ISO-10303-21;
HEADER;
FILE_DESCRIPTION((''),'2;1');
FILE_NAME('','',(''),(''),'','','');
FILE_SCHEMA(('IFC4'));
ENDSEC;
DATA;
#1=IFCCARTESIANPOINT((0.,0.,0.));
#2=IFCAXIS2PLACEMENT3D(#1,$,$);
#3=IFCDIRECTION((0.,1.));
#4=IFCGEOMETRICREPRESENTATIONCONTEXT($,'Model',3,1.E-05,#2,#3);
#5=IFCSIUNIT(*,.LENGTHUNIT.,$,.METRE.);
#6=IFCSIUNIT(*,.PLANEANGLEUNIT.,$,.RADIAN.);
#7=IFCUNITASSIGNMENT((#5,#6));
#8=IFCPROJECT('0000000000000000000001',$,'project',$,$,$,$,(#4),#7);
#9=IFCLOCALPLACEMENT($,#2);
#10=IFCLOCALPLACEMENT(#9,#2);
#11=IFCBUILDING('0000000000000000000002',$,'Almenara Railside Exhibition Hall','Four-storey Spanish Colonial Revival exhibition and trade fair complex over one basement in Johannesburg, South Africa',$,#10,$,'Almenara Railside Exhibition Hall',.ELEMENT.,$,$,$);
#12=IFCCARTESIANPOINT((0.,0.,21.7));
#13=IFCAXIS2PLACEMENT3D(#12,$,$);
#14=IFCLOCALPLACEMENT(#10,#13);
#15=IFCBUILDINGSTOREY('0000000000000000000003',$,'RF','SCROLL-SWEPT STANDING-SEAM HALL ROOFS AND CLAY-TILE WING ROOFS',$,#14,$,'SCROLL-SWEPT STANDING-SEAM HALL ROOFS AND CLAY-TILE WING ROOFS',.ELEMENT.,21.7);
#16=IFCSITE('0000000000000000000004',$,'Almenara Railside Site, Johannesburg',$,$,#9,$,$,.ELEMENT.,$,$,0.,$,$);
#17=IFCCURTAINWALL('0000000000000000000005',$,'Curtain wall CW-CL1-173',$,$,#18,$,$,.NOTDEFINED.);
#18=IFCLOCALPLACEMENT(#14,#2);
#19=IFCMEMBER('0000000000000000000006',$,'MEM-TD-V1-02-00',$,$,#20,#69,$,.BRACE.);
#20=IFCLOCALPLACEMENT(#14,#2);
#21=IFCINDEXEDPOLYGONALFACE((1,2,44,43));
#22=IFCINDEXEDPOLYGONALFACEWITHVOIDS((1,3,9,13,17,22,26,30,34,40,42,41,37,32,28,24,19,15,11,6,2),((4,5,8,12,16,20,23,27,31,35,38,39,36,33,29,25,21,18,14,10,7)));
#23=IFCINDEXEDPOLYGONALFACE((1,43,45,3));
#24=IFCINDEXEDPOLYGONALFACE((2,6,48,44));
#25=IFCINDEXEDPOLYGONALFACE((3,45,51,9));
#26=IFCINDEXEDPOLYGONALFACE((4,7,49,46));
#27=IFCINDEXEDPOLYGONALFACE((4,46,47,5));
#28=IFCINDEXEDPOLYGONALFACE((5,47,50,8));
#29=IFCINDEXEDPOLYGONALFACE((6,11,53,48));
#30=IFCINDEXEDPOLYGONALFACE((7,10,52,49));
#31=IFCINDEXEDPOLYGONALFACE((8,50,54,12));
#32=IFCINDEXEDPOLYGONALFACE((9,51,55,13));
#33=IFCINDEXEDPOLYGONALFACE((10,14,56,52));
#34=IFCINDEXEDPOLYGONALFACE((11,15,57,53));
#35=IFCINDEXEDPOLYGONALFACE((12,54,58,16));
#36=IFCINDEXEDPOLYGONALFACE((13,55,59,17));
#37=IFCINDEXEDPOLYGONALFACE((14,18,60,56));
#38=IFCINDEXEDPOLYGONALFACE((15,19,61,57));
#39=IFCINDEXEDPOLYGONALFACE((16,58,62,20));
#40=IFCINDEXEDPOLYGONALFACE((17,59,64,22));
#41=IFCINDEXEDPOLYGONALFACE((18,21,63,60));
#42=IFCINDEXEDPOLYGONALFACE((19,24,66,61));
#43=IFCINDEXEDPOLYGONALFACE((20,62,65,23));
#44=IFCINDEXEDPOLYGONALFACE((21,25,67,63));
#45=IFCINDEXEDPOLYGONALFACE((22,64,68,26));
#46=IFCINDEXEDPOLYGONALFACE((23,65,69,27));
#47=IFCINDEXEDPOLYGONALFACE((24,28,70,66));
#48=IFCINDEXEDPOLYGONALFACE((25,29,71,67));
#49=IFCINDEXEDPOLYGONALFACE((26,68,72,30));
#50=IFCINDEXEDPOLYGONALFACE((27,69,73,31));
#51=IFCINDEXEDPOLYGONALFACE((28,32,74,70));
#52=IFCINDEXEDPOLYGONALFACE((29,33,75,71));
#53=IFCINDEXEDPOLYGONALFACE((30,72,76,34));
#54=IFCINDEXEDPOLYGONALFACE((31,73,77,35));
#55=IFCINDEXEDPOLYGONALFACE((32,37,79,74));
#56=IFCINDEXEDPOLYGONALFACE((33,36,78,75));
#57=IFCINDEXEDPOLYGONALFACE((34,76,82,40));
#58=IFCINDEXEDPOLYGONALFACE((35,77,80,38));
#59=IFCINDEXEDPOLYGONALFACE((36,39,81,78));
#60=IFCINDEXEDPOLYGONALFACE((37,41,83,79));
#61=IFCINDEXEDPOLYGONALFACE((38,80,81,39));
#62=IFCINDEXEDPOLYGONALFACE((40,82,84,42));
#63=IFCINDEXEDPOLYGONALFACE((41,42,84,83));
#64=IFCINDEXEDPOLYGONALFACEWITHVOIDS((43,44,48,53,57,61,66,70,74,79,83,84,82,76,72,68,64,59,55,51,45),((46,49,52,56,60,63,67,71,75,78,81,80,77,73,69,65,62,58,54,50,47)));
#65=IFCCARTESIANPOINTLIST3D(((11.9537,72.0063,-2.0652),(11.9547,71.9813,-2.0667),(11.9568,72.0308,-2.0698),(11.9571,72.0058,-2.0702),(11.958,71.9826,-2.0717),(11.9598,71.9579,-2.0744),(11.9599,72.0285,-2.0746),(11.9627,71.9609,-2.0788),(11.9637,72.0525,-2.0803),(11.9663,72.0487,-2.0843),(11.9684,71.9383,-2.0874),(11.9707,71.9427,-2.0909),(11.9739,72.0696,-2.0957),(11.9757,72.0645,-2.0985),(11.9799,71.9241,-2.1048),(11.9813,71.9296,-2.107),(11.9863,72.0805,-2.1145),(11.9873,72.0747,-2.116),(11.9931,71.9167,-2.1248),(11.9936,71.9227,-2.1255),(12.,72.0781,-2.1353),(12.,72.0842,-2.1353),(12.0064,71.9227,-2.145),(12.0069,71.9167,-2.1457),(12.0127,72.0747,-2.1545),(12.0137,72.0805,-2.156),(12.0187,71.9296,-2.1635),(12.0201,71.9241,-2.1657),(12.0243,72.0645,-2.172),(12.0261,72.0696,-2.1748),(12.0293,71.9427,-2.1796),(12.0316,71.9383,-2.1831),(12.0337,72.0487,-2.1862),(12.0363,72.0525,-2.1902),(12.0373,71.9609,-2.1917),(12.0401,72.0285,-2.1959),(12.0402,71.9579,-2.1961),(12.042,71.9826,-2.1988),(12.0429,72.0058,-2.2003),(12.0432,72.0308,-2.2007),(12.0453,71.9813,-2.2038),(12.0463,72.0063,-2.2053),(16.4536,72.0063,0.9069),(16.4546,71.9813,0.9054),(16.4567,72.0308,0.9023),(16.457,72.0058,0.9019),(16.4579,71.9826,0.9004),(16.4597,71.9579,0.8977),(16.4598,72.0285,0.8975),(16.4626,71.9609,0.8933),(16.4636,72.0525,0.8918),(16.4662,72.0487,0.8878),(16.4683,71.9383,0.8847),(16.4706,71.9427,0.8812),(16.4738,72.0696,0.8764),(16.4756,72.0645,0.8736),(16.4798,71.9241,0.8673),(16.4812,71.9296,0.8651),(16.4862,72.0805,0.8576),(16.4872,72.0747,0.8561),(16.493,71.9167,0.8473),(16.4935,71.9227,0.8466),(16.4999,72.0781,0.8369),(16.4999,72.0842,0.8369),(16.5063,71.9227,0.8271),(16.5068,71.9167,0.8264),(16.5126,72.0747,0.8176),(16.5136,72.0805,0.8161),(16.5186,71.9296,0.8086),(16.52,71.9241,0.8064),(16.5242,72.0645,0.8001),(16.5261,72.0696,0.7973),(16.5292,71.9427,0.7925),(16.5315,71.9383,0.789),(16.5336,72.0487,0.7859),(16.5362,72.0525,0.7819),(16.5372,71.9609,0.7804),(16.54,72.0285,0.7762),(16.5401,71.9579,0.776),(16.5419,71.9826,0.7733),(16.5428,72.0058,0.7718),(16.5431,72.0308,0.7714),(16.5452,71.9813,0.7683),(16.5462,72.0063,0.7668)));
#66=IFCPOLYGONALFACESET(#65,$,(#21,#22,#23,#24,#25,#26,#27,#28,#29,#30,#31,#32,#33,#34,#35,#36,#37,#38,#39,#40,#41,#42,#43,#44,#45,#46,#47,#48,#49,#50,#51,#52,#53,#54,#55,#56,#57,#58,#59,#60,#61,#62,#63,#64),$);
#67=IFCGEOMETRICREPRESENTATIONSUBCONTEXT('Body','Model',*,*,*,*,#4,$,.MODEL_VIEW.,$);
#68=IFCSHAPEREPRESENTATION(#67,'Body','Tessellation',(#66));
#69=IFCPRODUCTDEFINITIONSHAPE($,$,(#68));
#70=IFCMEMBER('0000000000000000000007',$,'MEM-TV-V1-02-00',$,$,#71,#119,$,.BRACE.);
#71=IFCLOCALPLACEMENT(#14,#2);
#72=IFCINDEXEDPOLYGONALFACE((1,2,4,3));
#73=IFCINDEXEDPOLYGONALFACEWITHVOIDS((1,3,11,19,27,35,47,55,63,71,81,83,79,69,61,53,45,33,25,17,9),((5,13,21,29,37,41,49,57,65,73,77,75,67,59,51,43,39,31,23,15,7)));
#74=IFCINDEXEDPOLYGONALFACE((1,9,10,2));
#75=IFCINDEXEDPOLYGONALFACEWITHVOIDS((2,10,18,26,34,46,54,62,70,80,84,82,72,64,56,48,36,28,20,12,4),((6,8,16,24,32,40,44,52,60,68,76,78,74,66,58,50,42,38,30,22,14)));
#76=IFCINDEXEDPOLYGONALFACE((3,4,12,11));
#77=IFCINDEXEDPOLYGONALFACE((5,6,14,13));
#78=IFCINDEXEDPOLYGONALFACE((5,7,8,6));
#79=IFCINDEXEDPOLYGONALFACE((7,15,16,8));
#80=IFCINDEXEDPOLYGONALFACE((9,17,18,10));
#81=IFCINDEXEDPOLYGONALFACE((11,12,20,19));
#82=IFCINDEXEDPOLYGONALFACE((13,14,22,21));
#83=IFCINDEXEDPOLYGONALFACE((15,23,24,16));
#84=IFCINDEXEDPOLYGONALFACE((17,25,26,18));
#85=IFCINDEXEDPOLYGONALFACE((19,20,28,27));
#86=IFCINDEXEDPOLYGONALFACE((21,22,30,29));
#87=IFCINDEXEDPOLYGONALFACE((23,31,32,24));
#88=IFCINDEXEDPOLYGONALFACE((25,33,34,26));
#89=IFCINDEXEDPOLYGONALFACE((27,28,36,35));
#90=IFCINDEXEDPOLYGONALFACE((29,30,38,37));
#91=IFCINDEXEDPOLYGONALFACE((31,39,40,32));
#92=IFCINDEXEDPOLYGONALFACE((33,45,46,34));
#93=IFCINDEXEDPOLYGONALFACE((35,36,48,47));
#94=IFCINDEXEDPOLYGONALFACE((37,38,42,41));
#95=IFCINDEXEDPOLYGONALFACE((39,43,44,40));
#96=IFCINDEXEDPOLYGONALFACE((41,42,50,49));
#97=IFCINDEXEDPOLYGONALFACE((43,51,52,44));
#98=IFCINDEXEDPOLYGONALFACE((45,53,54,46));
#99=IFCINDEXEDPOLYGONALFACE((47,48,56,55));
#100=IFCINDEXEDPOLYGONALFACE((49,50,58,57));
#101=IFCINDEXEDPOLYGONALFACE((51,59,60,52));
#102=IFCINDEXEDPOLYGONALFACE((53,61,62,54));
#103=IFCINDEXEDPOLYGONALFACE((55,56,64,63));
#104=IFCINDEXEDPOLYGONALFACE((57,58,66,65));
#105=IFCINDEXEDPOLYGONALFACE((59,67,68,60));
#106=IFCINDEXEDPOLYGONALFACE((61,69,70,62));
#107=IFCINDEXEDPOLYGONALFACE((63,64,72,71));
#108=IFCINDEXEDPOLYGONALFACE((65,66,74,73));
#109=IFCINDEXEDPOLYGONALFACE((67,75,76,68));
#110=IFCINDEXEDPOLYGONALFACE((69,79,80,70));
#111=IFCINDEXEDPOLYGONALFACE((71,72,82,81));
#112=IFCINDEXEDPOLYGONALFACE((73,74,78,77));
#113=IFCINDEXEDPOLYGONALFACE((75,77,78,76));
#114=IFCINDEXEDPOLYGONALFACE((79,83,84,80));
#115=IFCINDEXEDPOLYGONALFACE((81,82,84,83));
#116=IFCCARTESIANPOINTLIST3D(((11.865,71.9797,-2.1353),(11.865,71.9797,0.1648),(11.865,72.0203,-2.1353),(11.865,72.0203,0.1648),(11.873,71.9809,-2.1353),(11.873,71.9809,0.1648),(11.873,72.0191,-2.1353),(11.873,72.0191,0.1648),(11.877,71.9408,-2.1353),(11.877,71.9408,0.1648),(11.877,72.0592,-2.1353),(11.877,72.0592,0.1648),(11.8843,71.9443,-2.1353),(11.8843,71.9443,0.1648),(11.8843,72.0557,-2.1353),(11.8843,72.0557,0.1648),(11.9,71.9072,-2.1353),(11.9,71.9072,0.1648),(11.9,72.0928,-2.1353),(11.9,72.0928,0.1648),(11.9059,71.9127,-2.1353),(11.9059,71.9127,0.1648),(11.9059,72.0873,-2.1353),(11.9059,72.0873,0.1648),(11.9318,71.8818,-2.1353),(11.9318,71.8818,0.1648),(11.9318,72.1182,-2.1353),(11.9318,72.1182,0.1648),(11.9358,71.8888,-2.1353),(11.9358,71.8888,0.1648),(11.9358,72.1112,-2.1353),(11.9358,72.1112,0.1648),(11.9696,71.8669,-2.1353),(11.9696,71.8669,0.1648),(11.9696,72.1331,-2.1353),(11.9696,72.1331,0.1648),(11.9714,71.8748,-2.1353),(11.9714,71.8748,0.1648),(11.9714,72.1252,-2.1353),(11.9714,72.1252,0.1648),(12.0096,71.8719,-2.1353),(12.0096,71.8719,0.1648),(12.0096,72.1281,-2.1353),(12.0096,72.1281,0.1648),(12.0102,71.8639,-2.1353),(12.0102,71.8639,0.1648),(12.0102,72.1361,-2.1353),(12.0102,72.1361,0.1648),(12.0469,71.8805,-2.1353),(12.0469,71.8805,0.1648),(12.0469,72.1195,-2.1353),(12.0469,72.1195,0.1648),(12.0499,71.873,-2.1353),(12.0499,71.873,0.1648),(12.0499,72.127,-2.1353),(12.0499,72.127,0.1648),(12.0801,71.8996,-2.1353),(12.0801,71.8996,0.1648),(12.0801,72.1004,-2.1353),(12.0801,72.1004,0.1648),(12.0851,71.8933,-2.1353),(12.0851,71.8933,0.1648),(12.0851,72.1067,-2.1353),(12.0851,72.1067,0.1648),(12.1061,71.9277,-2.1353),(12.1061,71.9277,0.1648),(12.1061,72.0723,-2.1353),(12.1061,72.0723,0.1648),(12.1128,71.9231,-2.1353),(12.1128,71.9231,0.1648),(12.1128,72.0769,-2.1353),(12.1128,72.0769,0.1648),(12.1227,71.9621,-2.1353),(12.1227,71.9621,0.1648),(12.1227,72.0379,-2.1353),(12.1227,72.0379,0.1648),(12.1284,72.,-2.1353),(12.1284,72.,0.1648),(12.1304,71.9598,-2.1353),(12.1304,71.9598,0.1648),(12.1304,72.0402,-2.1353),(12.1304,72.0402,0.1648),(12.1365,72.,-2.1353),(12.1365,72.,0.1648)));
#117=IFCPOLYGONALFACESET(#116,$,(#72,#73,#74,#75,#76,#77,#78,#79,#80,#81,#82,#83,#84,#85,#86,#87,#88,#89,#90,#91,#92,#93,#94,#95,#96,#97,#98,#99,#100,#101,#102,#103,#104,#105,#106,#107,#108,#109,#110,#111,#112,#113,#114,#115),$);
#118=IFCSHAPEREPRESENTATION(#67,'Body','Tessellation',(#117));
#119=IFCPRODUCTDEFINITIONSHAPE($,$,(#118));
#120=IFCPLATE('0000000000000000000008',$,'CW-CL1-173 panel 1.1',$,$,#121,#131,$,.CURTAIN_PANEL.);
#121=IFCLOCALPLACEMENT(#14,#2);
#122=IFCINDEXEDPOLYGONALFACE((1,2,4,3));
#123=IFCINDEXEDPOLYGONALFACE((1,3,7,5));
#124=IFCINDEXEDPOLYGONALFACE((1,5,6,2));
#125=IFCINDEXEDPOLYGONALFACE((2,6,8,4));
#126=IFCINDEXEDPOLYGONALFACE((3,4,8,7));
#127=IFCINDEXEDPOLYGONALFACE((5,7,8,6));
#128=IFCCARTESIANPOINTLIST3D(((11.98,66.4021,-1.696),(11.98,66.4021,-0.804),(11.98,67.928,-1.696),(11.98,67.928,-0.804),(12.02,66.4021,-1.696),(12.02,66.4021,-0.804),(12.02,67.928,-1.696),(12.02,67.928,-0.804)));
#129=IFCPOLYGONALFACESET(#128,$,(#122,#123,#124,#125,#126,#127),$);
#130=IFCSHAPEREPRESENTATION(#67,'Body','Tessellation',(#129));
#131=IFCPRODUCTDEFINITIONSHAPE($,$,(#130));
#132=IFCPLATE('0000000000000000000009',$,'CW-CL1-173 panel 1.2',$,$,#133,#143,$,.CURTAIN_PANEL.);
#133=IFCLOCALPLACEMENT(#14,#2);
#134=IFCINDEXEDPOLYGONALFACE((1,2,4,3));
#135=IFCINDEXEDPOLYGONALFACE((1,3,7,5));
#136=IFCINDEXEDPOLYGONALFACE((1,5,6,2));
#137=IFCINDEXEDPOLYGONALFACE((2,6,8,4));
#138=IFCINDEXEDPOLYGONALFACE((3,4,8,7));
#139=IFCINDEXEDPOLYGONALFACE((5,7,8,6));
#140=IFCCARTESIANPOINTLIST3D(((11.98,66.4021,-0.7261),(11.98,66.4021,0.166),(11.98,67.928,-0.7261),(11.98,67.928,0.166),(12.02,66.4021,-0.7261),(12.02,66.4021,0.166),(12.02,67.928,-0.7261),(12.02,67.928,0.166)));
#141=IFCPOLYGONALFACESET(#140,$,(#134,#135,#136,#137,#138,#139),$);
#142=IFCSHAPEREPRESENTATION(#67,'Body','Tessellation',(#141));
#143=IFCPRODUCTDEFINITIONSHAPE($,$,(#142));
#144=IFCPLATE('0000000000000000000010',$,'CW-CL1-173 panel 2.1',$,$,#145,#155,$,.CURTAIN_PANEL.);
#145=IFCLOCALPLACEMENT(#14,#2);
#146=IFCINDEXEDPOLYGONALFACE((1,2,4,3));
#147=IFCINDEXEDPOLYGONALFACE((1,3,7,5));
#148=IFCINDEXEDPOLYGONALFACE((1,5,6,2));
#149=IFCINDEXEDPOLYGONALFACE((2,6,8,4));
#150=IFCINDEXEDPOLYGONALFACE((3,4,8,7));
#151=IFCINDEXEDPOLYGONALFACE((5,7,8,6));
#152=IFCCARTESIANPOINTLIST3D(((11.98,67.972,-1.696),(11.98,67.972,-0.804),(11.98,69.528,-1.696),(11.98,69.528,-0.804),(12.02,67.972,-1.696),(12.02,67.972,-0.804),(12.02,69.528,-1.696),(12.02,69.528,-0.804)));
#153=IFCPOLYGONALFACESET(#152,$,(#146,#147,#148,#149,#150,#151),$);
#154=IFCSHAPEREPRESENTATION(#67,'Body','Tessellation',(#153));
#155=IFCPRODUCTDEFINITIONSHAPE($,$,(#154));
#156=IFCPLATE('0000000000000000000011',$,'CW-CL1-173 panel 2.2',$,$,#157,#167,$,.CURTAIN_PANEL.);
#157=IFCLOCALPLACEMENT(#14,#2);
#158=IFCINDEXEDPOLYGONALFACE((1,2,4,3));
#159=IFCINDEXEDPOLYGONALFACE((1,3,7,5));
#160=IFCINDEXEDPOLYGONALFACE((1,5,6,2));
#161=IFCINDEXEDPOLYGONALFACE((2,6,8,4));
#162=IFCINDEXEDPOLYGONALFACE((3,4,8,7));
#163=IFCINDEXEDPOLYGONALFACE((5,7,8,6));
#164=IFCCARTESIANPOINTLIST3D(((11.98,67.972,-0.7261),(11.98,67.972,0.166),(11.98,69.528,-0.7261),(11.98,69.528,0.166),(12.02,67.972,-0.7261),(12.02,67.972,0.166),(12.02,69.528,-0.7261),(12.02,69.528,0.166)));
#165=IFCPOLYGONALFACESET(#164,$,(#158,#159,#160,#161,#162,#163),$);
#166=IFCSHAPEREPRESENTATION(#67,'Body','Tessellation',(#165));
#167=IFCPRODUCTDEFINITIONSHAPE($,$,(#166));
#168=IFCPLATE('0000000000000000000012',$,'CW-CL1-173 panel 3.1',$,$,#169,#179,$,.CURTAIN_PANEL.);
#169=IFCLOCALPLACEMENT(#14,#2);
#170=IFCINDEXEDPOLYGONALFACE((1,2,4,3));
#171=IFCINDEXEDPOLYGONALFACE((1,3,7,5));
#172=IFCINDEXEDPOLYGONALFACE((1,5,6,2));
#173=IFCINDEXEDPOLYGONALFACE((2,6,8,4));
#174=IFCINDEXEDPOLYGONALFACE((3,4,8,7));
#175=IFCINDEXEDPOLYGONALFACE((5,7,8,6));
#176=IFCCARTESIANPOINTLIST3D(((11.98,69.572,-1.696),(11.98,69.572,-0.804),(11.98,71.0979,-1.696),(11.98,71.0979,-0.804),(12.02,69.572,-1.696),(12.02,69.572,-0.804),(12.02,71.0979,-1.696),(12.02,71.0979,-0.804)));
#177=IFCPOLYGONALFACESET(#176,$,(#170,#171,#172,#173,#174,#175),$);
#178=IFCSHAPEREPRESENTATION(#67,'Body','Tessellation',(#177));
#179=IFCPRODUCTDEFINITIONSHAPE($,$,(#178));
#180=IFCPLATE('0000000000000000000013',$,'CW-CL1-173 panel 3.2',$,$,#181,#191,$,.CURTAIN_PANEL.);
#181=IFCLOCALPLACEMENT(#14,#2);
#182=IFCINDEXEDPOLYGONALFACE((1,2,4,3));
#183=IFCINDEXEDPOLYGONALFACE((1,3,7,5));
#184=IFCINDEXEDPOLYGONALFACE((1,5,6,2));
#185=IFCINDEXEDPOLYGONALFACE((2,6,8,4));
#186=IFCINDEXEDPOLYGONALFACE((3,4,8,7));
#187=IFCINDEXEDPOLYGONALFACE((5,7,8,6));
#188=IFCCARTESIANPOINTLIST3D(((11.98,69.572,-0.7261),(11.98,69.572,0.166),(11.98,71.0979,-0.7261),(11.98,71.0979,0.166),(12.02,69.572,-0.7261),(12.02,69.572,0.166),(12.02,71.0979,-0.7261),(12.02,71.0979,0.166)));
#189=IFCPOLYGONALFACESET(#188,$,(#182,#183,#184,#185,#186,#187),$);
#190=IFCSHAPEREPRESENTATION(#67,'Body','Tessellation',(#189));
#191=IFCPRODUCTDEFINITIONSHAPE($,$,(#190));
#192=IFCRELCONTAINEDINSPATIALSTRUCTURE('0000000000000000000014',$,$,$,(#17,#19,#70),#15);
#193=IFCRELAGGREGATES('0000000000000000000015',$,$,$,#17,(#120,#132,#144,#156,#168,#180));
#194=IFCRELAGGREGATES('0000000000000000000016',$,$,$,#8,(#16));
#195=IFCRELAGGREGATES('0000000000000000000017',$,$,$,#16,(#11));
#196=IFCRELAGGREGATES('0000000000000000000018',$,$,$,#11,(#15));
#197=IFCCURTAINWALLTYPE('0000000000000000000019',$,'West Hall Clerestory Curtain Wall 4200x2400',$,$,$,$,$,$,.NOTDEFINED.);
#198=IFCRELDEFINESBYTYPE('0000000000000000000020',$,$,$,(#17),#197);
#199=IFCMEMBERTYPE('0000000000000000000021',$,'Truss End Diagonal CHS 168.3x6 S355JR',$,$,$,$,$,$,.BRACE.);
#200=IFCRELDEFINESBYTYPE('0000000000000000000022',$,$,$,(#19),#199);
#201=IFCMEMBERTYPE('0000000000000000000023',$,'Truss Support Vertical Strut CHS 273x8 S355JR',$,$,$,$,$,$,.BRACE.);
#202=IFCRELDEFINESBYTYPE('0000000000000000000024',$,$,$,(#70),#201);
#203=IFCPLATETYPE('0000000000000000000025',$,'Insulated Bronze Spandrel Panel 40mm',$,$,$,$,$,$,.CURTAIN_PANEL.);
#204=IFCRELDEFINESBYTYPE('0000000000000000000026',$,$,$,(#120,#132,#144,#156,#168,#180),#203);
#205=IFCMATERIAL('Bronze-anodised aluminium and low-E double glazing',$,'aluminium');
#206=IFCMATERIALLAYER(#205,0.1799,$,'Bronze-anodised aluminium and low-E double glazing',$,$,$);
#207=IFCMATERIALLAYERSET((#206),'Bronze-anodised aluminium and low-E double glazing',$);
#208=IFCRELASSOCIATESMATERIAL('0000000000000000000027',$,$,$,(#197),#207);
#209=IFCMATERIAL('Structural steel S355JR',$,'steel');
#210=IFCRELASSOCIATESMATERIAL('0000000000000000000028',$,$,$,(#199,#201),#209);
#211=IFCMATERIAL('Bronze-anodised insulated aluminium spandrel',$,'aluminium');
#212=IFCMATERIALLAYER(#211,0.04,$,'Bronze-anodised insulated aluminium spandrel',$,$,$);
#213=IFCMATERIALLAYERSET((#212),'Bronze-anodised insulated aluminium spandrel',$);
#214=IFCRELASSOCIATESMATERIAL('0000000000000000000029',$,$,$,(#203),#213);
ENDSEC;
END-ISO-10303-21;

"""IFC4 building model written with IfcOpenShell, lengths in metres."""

from ifc_helpers import new_model, si_unit, direction, frame, origin, origin_2d, place, context, subcontext, project, spatial, rectangle, hollow_circle, extrude, material, layer, layer_set, material_profile, profile_set, type_object, element, aggregate, save


model = new_model("IFC4")

# Units and contexts
model_context = context("Model", 3, precision=1e-05, world=origin(), true_north=direction((0.0, 1.0)))
body_context = subcontext(model_context, "Body", "Model", "MODEL_VIEW")
ifc_project = project(units=[si_unit("LENGTHUNIT", "METRE"), si_unit("PLANEANGLEUNIT", "RADIAN")], contexts=[model_context])

# Site, building, storey
site_placement = place(None, origin())
site = spatial("IfcSite", under=ifc_project, at=site_placement, Name="Almenara Railside Site, Johannesburg", CompositionType="ELEMENT", RefElevation=0.0)
building_placement = place(site_placement, origin())
building = spatial("IfcBuilding", under=site, at=building_placement, Name="Almenara Railside Exhibition Hall", Description="Four-storey Spanish Colonial Revival exhibition and trade fair complex over one basement in Johannesburg, South Africa", LongName="Almenara Railside Exhibition Hall", CompositionType="ELEMENT")
storey_placement = place(building_placement, frame((0.0, 0.0, 21.7)))
storey = spatial("IfcBuildingStorey", under=building, at=storey_placement, Name="RF", Description="SCROLL-SWEPT STANDING-SEAM HALL ROOFS AND CLAY-TILE WING ROOFS", LongName="SCROLL-SWEPT STANDING-SEAM HALL ROOFS AND CLAY-TILE WING ROOFS", CompositionType="ELEMENT", Elevation=21.7)

# Shared definitions
ifc_material_1 = material(Name="Structural steel S355JR", Category="steel")

# Curtain wall
ifc_material_2 = material(Name="Bronze-anodised aluminium and low-E double glazing", Category="aluminium")
ifc_layer_1 = layer(ifc_material_2, 0.1799, Name="Bronze-anodised aluminium and low-E double glazing")
ifc_layer_set_1 = layer_set([ifc_layer_1], Name="Bronze-anodised aluminium and low-E double glazing")
curtain_wall_type = type_object("IfcCurtainWallType", Name="West Hall Clerestory Curtain Wall 4200x2400", PredefinedType="NOTDEFINED", material=ifc_layer_set_1)
curtain_wall_1_placement = place(storey_placement, origin())
curtain_wall_1 = element("IfcCurtainWall", 1, at=curtain_wall_1_placement, inside=storey, type_object=curtain_wall_type, Name="Curtain wall CW-CL1-173", PredefinedType="NOTDEFINED")

# Members
ifc_material_profile_1 = material_profile(ifc_material_1, hollow_circle(Radius=0.0842, WallThickness=0.0061, at=origin_2d()), Name="CHS 168.3x6")
ifc_profile_set_1 = profile_set([ifc_material_profile_1], Name="Structural steel S355JR")
member_type_1 = type_object("IfcMemberType", Name="Truss End Diagonal CHS 168.3x6 S355JR", PredefinedType="BRACE", material=ifc_profile_set_1)
member_1_placement = place(storey_placement, frame((12.0, 72.0, -2.1353), z_axis=(0.834425, 0.0, 0.551122), x_axis=(0.0, 1.0, 0.0)))
element("IfcMember", 2, at=member_1_placement, inside=storey, type_object=member_type_1, Name="MEM-TD-V1-02-00", PredefinedType="BRACE", context=body_context, shape_type="SweptSolid", body=[
    extrude(hollow_circle(Radius=0.0842, WallThickness=0.0061, at=origin_2d()), origin(), (0.0, 0.0, 1.0), 5.3928),
])
ifc_material_profile_2 = material_profile(ifc_material_1, hollow_circle(Radius=0.1365, WallThickness=0.0081, at=origin_2d()), Name="CHS 273x8")
ifc_profile_set_2 = profile_set([ifc_material_profile_2], Name="Structural steel S355JR")
member_type_2 = type_object("IfcMemberType", Name="Truss Support Vertical Strut CHS 273x8 S355JR", PredefinedType="BRACE", material=ifc_profile_set_2)
member_2_placement = place(storey_placement, frame((12.0, 72.0, -2.1353), z_axis=(0.0, 0.0, 1.0), x_axis=(1.0, 0.0, 0.0)))
element("IfcMember", 3, at=member_2_placement, inside=storey, type_object=member_type_2, Name="MEM-TV-V1-02-00", PredefinedType="BRACE", context=body_context, shape_type="SweptSolid", body=[
    extrude(hollow_circle(Radius=0.1365, WallThickness=0.0081, at=origin_2d()), origin(), (0.0, 0.0, 1.0), 2.3),
])

# Plates
ifc_material_3 = material(Name="Bronze-anodised insulated aluminium spandrel", Category="aluminium")
ifc_layer_2 = layer(ifc_material_3, 0.04, Name="Bronze-anodised insulated aluminium spandrel")
ifc_layer_set_2 = layer_set([ifc_layer_2], Name="Bronze-anodised insulated aluminium spandrel")
plate_type_1 = type_object("IfcPlateType", Name="Insulated Bronze Spandrel Panel 40mm", PredefinedType="CURTAIN_PANEL", material=ifc_layer_set_2)
plate_1_placement = place(storey_placement, frame((12.0, 67.165, -1.696), z_axis=(0.0, 0.0, 1.0), x_axis=(0.0, 1.0, 0.0)))
plate_1 = element("IfcPlate", 4, at=plate_1_placement, type_object=plate_type_1, Name="CW-CL1-173 panel 1.1", PredefinedType="CURTAIN_PANEL", context=body_context, shape_type="SweptSolid", body=[
    extrude(rectangle(XDim=1.5259, YDim=0.04, at=origin_2d()), origin(), (0.0, 0.0, 1.0), 0.8921),
])
plate_2_placement = place(storey_placement, frame((12.0, 67.165, -0.7261), z_axis=(0.0, 0.0, 1.0), x_axis=(0.0, 1.0, 0.0)))
plate_2 = element("IfcPlate", 5, at=plate_2_placement, type_object=plate_type_1, Name="CW-CL1-173 panel 1.2", PredefinedType="CURTAIN_PANEL", context=body_context, shape_type="SweptSolid", body=[
    extrude(rectangle(XDim=1.5259, YDim=0.04, at=origin_2d()), origin(), (0.0, 0.0, 1.0), 0.8921),
])
plate_3_placement = place(storey_placement, frame((12.0, 68.75, -1.696), z_axis=(0.0, 0.0, 1.0), x_axis=(0.0, 1.0, 0.0)))
plate_3 = element("IfcPlate", 6, at=plate_3_placement, type_object=plate_type_1, Name="CW-CL1-173 panel 2.1", PredefinedType="CURTAIN_PANEL", context=body_context, shape_type="SweptSolid", body=[
    extrude(rectangle(XDim=1.5559, YDim=0.04, at=origin_2d()), origin(), (0.0, 0.0, 1.0), 0.8921),
])
plate_4_placement = place(storey_placement, frame((12.0, 68.75, -0.7261), z_axis=(0.0, 0.0, 1.0), x_axis=(0.0, 1.0, 0.0)))
plate_4 = element("IfcPlate", 7, at=plate_4_placement, type_object=plate_type_1, Name="CW-CL1-173 panel 2.2", PredefinedType="CURTAIN_PANEL", context=body_context, shape_type="SweptSolid", body=[
    extrude(rectangle(XDim=1.5559, YDim=0.04, at=origin_2d()), origin(), (0.0, 0.0, 1.0), 0.8921),
])
plate_5_placement = place(storey_placement, frame((12.0, 70.335, -1.696), z_axis=(0.0, 0.0, 1.0), x_axis=(0.0, 1.0, 0.0)))
plate_5 = element("IfcPlate", 8, at=plate_5_placement, type_object=plate_type_1, Name="CW-CL1-173 panel 3.1", PredefinedType="CURTAIN_PANEL", context=body_context, shape_type="SweptSolid", body=[
    extrude(rectangle(XDim=1.5259, YDim=0.04, at=origin_2d()), origin(), (0.0, 0.0, 1.0), 0.8921),
])
plate_6_placement = place(storey_placement, frame((12.0, 70.335, -0.7261), z_axis=(0.0, 0.0, 1.0), x_axis=(0.0, 1.0, 0.0)))
plate_6 = element("IfcPlate", 9, at=plate_6_placement, type_object=plate_type_1, Name="CW-CL1-173 panel 3.2", PredefinedType="CURTAIN_PANEL", context=body_context, shape_type="SweptSolid", body=[
    extrude(rectangle(XDim=1.5259, YDim=0.04, at=origin_2d()), origin(), (0.0, 0.0, 1.0), 0.8921),
])
aggregate(curtain_wall_1, [plate_1, plate_2, plate_3, plate_4, plate_5, plate_6])

save(model, "model.ifc")
